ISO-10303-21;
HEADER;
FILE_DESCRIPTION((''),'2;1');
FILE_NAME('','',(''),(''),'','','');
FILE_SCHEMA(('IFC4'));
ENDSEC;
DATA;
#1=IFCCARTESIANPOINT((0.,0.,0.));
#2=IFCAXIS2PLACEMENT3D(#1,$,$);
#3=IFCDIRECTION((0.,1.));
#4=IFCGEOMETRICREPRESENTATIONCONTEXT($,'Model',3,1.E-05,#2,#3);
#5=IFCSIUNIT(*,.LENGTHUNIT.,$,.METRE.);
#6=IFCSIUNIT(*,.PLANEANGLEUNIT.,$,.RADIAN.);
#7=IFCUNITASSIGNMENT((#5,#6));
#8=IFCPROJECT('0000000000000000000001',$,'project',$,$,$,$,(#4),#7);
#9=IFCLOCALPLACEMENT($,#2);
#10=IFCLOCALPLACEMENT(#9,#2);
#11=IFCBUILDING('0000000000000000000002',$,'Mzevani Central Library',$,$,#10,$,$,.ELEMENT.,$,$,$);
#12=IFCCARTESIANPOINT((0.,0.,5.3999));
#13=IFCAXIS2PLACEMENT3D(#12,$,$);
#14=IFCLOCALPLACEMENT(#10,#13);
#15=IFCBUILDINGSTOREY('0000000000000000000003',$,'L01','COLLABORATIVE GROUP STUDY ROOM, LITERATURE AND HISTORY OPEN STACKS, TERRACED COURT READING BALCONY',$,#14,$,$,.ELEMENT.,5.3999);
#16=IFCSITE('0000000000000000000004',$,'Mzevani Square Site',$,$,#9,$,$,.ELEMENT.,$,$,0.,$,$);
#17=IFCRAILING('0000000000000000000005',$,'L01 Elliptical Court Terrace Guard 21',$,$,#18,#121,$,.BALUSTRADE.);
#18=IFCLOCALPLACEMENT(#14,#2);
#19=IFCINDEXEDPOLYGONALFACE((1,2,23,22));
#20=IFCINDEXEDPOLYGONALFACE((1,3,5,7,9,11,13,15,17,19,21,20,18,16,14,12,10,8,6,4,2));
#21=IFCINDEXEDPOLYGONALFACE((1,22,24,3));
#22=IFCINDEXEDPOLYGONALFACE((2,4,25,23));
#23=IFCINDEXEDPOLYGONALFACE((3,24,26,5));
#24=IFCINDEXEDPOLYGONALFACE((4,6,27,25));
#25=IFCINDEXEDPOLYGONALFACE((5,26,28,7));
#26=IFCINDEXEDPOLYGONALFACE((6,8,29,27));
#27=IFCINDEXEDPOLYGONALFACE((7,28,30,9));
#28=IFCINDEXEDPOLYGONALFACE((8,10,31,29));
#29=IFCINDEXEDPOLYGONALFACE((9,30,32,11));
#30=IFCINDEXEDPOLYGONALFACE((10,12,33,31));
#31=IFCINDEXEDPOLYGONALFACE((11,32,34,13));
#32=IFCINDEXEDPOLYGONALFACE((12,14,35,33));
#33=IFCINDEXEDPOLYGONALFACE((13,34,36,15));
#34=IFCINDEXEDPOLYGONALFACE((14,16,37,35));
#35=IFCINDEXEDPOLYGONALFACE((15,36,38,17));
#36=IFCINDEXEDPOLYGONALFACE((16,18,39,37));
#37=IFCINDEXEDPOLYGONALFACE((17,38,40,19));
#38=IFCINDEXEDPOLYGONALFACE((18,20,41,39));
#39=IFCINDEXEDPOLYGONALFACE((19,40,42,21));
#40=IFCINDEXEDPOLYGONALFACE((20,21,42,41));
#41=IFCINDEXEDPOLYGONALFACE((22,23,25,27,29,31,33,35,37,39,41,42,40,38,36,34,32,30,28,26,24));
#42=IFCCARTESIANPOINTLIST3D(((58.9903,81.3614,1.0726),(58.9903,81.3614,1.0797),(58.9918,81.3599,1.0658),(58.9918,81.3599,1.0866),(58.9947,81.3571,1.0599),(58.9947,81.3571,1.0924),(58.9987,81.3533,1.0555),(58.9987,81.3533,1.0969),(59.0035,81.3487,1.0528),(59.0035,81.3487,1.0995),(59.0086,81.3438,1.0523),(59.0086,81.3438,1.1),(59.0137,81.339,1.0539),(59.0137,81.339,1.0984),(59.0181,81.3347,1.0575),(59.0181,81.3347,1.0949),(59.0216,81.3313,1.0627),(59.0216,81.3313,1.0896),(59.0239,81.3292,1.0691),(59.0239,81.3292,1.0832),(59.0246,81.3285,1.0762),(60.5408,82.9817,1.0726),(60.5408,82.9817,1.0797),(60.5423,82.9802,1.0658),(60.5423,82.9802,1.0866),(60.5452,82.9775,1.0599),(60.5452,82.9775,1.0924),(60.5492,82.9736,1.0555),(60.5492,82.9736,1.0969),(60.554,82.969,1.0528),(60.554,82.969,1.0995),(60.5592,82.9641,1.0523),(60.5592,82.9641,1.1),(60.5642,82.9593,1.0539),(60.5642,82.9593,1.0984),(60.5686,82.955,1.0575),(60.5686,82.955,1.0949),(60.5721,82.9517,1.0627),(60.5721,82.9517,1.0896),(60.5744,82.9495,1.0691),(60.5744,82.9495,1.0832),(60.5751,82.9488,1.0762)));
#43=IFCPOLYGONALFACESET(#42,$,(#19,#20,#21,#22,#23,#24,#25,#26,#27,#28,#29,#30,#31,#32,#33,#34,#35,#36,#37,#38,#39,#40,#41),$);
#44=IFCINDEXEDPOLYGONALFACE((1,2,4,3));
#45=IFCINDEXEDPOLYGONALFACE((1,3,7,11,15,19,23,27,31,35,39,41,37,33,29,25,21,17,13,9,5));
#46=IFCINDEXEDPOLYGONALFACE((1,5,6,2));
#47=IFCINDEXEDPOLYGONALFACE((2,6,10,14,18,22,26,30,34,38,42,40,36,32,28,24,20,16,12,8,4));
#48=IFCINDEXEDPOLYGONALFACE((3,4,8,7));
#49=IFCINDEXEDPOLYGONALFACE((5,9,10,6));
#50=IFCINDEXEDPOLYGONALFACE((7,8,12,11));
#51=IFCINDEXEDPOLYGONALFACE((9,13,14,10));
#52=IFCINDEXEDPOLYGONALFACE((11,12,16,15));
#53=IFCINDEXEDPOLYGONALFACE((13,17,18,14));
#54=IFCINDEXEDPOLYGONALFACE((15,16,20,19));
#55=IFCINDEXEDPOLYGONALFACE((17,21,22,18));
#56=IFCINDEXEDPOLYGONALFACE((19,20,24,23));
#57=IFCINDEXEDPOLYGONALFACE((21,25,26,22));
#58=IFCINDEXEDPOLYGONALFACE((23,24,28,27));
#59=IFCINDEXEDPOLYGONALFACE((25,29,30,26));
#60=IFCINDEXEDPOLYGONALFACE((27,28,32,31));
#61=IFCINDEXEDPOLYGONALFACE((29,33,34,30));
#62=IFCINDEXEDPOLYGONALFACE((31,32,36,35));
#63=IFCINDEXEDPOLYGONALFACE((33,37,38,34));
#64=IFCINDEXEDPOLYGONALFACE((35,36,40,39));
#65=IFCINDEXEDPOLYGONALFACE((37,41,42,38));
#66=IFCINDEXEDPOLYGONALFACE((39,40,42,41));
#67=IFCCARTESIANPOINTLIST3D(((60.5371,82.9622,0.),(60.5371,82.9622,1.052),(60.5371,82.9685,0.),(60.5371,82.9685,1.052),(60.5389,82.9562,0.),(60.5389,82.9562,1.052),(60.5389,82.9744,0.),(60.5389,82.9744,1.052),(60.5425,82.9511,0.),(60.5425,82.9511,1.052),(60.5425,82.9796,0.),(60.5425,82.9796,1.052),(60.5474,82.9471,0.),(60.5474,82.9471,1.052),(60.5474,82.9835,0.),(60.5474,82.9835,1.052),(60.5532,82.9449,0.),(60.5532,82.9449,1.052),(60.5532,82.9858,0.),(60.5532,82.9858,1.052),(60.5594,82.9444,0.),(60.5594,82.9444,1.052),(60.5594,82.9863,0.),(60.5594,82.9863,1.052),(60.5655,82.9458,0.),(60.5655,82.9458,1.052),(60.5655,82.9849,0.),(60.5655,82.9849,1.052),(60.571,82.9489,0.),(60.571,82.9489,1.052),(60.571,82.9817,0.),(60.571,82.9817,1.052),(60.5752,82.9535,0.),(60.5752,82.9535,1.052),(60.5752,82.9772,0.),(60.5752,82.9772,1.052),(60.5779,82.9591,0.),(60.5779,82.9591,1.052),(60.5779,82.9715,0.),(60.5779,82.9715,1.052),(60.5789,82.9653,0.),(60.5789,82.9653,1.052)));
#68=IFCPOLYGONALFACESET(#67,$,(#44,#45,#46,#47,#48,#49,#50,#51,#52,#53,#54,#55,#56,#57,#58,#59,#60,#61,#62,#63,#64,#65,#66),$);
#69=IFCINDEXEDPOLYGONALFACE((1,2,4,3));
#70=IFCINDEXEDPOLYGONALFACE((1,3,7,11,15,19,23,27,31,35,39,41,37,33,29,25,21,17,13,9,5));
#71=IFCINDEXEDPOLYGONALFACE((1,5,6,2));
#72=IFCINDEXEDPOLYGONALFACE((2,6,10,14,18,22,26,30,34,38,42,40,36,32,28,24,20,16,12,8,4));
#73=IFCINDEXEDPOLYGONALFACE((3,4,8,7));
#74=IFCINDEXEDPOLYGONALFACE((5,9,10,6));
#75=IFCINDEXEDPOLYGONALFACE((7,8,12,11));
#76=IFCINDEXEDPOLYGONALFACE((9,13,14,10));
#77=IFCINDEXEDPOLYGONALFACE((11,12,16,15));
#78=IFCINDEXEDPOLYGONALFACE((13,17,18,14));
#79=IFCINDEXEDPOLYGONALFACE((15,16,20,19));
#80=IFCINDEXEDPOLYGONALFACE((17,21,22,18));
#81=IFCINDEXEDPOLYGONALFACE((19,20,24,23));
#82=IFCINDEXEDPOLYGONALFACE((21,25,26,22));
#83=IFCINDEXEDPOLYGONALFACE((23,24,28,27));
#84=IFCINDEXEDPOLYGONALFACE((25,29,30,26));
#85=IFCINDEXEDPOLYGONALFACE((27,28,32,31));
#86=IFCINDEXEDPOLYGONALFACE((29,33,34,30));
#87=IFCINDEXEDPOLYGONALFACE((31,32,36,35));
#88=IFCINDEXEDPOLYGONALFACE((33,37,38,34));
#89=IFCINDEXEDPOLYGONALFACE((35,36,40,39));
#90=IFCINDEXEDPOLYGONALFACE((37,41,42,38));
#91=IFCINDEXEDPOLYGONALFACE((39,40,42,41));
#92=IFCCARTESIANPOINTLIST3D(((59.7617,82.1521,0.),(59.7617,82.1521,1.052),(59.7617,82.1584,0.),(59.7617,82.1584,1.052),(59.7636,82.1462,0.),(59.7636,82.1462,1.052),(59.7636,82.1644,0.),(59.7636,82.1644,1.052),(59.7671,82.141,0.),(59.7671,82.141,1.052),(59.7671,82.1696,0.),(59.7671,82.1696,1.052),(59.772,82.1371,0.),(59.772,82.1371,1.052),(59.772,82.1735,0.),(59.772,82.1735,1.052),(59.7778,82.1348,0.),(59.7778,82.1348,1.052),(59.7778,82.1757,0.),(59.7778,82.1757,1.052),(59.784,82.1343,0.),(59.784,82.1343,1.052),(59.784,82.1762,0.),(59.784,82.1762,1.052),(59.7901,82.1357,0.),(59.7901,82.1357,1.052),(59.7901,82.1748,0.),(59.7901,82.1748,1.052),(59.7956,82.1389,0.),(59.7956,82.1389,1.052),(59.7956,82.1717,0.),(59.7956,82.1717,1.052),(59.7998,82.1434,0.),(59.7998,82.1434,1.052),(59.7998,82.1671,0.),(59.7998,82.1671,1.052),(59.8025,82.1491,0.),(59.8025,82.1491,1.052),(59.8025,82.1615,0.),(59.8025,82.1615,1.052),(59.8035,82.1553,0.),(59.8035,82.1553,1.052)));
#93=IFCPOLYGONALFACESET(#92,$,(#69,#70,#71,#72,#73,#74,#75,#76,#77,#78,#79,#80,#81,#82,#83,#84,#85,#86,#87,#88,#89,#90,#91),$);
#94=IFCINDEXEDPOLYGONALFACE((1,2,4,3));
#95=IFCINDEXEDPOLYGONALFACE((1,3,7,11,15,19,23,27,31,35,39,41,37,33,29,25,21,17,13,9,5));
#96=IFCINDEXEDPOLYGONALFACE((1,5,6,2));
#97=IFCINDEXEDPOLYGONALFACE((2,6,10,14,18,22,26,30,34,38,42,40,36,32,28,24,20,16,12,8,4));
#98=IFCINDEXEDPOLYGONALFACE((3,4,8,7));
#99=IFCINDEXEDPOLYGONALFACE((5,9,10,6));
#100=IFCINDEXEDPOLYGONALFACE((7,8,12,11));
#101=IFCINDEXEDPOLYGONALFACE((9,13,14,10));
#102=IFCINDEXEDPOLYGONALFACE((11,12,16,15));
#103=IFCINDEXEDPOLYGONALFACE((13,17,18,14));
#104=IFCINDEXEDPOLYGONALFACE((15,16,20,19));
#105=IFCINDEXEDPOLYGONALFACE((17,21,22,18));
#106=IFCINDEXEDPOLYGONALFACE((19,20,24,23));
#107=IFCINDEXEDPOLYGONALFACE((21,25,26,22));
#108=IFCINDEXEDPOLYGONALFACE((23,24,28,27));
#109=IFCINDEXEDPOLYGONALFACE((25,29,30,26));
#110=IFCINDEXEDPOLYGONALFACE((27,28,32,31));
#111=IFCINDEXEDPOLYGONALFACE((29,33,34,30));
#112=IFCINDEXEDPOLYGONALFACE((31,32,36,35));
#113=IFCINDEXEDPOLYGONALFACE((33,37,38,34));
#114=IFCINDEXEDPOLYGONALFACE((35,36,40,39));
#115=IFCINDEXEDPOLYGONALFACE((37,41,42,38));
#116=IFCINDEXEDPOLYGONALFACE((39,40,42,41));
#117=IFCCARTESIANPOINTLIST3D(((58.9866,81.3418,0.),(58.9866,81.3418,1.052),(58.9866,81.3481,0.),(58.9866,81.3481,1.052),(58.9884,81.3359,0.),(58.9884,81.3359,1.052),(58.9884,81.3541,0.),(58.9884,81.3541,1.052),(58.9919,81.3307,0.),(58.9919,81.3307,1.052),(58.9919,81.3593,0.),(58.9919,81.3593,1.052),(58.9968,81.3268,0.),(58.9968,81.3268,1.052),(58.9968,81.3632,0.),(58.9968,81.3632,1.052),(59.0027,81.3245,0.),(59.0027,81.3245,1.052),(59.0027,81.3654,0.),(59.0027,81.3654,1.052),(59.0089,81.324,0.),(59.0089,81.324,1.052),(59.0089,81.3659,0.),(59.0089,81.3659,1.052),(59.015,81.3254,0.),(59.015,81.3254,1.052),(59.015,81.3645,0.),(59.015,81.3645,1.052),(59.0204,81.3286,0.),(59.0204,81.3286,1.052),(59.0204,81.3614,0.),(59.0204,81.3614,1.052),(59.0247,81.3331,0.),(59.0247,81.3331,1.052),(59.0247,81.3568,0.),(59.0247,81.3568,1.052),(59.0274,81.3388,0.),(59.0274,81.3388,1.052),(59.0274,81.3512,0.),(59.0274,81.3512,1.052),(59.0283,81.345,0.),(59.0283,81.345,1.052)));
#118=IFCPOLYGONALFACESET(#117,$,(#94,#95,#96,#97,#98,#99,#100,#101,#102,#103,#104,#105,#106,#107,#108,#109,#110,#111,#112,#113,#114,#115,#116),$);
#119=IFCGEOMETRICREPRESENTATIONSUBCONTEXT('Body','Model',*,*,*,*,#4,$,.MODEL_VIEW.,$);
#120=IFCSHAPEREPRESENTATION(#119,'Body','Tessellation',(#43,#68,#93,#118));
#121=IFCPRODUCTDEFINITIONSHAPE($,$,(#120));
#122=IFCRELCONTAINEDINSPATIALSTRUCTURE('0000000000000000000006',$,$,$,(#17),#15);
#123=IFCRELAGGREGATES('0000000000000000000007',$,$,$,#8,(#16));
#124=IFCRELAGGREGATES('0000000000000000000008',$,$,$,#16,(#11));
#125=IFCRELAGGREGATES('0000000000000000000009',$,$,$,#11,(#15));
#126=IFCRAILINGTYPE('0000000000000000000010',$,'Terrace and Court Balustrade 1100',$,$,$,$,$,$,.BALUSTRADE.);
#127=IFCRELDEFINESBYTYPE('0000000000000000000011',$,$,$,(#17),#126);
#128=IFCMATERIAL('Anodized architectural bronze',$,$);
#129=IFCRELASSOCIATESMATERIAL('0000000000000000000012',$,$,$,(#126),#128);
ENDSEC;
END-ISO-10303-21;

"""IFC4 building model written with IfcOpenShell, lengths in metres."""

from ifc_helpers import new_model, si_unit, direction, frame, origin, origin_2d, place, context, subcontext, project, spatial, circle, extrude, material, type_object, element, save


model = new_model("IFC4")

# Units and contexts
model_context = context("Model", 3, precision=1e-05, world=origin(), true_north=direction((0.0, 1.0)))
body_context = subcontext(model_context, "Body", "Model", "MODEL_VIEW")
ifc_project = project(units=[si_unit("LENGTHUNIT", "METRE"), si_unit("PLANEANGLEUNIT", "RADIAN")], contexts=[model_context])

# Site, building, storey
site_placement = place(None, origin())
site = spatial("IfcSite", under=ifc_project, at=site_placement, Name="Mzevani Square Site", CompositionType="ELEMENT", RefElevation=0.0)
building_placement = place(site_placement, origin())
building = spatial("IfcBuilding", under=site, at=building_placement, Name="Mzevani Central Library", CompositionType="ELEMENT")
storey_placement = place(building_placement, frame((0.0, 0.0, 5.3999)))
storey = spatial("IfcBuildingStorey", under=building, at=storey_placement, Name="L01", Description="COLLABORATIVE GROUP STUDY ROOM, LITERATURE AND HISTORY OPEN STACKS, TERRACED COURT READING BALCONY", CompositionType="ELEMENT", Elevation=5.3999)

# Railing
ifc_material_1 = material(Name="Anodized architectural bronze")
railing_type = type_object("IfcRailingType", Name="Terrace and Court Balustrade 1100", PredefinedType="BALUSTRADE", material=ifc_material_1)
railing_1_placement = place(storey_placement, frame((60.5579, 82.9653, 0.0)))
element("IfcRailing", 1, at=railing_1_placement, inside=storey, type_object=railing_type, Name="L01 Elliptical Court Terrace Guard 21", PredefinedType="BALUSTRADE", context=body_context, shape_type="SweptSolid", body=[
    extrude(circle(Radius=0.0239, at=origin_2d()), frame((0.0, 0.0, 1.0762), z_axis=(-0.691368, -0.722502, 0.0), x_axis=(0.722502, -0.691368, 0.0)), (0.0, 0.0, 1.0), 2.2427),
    extrude(circle(Radius=0.021, at=origin_2d()), origin(), (0.0, 0.0, 1.0), 1.052),
    extrude(circle(Radius=0.021, at=origin_2d()), frame((-0.7754, -0.8101, 0.0)), (0.0, 0.0, 1.0), 1.052),
    extrude(circle(Radius=0.021, at=origin_2d()), frame((-1.5505, -1.6204, 0.0)), (0.0, 0.0, 1.0), 1.052),
])

save(model, "model.ifc")
